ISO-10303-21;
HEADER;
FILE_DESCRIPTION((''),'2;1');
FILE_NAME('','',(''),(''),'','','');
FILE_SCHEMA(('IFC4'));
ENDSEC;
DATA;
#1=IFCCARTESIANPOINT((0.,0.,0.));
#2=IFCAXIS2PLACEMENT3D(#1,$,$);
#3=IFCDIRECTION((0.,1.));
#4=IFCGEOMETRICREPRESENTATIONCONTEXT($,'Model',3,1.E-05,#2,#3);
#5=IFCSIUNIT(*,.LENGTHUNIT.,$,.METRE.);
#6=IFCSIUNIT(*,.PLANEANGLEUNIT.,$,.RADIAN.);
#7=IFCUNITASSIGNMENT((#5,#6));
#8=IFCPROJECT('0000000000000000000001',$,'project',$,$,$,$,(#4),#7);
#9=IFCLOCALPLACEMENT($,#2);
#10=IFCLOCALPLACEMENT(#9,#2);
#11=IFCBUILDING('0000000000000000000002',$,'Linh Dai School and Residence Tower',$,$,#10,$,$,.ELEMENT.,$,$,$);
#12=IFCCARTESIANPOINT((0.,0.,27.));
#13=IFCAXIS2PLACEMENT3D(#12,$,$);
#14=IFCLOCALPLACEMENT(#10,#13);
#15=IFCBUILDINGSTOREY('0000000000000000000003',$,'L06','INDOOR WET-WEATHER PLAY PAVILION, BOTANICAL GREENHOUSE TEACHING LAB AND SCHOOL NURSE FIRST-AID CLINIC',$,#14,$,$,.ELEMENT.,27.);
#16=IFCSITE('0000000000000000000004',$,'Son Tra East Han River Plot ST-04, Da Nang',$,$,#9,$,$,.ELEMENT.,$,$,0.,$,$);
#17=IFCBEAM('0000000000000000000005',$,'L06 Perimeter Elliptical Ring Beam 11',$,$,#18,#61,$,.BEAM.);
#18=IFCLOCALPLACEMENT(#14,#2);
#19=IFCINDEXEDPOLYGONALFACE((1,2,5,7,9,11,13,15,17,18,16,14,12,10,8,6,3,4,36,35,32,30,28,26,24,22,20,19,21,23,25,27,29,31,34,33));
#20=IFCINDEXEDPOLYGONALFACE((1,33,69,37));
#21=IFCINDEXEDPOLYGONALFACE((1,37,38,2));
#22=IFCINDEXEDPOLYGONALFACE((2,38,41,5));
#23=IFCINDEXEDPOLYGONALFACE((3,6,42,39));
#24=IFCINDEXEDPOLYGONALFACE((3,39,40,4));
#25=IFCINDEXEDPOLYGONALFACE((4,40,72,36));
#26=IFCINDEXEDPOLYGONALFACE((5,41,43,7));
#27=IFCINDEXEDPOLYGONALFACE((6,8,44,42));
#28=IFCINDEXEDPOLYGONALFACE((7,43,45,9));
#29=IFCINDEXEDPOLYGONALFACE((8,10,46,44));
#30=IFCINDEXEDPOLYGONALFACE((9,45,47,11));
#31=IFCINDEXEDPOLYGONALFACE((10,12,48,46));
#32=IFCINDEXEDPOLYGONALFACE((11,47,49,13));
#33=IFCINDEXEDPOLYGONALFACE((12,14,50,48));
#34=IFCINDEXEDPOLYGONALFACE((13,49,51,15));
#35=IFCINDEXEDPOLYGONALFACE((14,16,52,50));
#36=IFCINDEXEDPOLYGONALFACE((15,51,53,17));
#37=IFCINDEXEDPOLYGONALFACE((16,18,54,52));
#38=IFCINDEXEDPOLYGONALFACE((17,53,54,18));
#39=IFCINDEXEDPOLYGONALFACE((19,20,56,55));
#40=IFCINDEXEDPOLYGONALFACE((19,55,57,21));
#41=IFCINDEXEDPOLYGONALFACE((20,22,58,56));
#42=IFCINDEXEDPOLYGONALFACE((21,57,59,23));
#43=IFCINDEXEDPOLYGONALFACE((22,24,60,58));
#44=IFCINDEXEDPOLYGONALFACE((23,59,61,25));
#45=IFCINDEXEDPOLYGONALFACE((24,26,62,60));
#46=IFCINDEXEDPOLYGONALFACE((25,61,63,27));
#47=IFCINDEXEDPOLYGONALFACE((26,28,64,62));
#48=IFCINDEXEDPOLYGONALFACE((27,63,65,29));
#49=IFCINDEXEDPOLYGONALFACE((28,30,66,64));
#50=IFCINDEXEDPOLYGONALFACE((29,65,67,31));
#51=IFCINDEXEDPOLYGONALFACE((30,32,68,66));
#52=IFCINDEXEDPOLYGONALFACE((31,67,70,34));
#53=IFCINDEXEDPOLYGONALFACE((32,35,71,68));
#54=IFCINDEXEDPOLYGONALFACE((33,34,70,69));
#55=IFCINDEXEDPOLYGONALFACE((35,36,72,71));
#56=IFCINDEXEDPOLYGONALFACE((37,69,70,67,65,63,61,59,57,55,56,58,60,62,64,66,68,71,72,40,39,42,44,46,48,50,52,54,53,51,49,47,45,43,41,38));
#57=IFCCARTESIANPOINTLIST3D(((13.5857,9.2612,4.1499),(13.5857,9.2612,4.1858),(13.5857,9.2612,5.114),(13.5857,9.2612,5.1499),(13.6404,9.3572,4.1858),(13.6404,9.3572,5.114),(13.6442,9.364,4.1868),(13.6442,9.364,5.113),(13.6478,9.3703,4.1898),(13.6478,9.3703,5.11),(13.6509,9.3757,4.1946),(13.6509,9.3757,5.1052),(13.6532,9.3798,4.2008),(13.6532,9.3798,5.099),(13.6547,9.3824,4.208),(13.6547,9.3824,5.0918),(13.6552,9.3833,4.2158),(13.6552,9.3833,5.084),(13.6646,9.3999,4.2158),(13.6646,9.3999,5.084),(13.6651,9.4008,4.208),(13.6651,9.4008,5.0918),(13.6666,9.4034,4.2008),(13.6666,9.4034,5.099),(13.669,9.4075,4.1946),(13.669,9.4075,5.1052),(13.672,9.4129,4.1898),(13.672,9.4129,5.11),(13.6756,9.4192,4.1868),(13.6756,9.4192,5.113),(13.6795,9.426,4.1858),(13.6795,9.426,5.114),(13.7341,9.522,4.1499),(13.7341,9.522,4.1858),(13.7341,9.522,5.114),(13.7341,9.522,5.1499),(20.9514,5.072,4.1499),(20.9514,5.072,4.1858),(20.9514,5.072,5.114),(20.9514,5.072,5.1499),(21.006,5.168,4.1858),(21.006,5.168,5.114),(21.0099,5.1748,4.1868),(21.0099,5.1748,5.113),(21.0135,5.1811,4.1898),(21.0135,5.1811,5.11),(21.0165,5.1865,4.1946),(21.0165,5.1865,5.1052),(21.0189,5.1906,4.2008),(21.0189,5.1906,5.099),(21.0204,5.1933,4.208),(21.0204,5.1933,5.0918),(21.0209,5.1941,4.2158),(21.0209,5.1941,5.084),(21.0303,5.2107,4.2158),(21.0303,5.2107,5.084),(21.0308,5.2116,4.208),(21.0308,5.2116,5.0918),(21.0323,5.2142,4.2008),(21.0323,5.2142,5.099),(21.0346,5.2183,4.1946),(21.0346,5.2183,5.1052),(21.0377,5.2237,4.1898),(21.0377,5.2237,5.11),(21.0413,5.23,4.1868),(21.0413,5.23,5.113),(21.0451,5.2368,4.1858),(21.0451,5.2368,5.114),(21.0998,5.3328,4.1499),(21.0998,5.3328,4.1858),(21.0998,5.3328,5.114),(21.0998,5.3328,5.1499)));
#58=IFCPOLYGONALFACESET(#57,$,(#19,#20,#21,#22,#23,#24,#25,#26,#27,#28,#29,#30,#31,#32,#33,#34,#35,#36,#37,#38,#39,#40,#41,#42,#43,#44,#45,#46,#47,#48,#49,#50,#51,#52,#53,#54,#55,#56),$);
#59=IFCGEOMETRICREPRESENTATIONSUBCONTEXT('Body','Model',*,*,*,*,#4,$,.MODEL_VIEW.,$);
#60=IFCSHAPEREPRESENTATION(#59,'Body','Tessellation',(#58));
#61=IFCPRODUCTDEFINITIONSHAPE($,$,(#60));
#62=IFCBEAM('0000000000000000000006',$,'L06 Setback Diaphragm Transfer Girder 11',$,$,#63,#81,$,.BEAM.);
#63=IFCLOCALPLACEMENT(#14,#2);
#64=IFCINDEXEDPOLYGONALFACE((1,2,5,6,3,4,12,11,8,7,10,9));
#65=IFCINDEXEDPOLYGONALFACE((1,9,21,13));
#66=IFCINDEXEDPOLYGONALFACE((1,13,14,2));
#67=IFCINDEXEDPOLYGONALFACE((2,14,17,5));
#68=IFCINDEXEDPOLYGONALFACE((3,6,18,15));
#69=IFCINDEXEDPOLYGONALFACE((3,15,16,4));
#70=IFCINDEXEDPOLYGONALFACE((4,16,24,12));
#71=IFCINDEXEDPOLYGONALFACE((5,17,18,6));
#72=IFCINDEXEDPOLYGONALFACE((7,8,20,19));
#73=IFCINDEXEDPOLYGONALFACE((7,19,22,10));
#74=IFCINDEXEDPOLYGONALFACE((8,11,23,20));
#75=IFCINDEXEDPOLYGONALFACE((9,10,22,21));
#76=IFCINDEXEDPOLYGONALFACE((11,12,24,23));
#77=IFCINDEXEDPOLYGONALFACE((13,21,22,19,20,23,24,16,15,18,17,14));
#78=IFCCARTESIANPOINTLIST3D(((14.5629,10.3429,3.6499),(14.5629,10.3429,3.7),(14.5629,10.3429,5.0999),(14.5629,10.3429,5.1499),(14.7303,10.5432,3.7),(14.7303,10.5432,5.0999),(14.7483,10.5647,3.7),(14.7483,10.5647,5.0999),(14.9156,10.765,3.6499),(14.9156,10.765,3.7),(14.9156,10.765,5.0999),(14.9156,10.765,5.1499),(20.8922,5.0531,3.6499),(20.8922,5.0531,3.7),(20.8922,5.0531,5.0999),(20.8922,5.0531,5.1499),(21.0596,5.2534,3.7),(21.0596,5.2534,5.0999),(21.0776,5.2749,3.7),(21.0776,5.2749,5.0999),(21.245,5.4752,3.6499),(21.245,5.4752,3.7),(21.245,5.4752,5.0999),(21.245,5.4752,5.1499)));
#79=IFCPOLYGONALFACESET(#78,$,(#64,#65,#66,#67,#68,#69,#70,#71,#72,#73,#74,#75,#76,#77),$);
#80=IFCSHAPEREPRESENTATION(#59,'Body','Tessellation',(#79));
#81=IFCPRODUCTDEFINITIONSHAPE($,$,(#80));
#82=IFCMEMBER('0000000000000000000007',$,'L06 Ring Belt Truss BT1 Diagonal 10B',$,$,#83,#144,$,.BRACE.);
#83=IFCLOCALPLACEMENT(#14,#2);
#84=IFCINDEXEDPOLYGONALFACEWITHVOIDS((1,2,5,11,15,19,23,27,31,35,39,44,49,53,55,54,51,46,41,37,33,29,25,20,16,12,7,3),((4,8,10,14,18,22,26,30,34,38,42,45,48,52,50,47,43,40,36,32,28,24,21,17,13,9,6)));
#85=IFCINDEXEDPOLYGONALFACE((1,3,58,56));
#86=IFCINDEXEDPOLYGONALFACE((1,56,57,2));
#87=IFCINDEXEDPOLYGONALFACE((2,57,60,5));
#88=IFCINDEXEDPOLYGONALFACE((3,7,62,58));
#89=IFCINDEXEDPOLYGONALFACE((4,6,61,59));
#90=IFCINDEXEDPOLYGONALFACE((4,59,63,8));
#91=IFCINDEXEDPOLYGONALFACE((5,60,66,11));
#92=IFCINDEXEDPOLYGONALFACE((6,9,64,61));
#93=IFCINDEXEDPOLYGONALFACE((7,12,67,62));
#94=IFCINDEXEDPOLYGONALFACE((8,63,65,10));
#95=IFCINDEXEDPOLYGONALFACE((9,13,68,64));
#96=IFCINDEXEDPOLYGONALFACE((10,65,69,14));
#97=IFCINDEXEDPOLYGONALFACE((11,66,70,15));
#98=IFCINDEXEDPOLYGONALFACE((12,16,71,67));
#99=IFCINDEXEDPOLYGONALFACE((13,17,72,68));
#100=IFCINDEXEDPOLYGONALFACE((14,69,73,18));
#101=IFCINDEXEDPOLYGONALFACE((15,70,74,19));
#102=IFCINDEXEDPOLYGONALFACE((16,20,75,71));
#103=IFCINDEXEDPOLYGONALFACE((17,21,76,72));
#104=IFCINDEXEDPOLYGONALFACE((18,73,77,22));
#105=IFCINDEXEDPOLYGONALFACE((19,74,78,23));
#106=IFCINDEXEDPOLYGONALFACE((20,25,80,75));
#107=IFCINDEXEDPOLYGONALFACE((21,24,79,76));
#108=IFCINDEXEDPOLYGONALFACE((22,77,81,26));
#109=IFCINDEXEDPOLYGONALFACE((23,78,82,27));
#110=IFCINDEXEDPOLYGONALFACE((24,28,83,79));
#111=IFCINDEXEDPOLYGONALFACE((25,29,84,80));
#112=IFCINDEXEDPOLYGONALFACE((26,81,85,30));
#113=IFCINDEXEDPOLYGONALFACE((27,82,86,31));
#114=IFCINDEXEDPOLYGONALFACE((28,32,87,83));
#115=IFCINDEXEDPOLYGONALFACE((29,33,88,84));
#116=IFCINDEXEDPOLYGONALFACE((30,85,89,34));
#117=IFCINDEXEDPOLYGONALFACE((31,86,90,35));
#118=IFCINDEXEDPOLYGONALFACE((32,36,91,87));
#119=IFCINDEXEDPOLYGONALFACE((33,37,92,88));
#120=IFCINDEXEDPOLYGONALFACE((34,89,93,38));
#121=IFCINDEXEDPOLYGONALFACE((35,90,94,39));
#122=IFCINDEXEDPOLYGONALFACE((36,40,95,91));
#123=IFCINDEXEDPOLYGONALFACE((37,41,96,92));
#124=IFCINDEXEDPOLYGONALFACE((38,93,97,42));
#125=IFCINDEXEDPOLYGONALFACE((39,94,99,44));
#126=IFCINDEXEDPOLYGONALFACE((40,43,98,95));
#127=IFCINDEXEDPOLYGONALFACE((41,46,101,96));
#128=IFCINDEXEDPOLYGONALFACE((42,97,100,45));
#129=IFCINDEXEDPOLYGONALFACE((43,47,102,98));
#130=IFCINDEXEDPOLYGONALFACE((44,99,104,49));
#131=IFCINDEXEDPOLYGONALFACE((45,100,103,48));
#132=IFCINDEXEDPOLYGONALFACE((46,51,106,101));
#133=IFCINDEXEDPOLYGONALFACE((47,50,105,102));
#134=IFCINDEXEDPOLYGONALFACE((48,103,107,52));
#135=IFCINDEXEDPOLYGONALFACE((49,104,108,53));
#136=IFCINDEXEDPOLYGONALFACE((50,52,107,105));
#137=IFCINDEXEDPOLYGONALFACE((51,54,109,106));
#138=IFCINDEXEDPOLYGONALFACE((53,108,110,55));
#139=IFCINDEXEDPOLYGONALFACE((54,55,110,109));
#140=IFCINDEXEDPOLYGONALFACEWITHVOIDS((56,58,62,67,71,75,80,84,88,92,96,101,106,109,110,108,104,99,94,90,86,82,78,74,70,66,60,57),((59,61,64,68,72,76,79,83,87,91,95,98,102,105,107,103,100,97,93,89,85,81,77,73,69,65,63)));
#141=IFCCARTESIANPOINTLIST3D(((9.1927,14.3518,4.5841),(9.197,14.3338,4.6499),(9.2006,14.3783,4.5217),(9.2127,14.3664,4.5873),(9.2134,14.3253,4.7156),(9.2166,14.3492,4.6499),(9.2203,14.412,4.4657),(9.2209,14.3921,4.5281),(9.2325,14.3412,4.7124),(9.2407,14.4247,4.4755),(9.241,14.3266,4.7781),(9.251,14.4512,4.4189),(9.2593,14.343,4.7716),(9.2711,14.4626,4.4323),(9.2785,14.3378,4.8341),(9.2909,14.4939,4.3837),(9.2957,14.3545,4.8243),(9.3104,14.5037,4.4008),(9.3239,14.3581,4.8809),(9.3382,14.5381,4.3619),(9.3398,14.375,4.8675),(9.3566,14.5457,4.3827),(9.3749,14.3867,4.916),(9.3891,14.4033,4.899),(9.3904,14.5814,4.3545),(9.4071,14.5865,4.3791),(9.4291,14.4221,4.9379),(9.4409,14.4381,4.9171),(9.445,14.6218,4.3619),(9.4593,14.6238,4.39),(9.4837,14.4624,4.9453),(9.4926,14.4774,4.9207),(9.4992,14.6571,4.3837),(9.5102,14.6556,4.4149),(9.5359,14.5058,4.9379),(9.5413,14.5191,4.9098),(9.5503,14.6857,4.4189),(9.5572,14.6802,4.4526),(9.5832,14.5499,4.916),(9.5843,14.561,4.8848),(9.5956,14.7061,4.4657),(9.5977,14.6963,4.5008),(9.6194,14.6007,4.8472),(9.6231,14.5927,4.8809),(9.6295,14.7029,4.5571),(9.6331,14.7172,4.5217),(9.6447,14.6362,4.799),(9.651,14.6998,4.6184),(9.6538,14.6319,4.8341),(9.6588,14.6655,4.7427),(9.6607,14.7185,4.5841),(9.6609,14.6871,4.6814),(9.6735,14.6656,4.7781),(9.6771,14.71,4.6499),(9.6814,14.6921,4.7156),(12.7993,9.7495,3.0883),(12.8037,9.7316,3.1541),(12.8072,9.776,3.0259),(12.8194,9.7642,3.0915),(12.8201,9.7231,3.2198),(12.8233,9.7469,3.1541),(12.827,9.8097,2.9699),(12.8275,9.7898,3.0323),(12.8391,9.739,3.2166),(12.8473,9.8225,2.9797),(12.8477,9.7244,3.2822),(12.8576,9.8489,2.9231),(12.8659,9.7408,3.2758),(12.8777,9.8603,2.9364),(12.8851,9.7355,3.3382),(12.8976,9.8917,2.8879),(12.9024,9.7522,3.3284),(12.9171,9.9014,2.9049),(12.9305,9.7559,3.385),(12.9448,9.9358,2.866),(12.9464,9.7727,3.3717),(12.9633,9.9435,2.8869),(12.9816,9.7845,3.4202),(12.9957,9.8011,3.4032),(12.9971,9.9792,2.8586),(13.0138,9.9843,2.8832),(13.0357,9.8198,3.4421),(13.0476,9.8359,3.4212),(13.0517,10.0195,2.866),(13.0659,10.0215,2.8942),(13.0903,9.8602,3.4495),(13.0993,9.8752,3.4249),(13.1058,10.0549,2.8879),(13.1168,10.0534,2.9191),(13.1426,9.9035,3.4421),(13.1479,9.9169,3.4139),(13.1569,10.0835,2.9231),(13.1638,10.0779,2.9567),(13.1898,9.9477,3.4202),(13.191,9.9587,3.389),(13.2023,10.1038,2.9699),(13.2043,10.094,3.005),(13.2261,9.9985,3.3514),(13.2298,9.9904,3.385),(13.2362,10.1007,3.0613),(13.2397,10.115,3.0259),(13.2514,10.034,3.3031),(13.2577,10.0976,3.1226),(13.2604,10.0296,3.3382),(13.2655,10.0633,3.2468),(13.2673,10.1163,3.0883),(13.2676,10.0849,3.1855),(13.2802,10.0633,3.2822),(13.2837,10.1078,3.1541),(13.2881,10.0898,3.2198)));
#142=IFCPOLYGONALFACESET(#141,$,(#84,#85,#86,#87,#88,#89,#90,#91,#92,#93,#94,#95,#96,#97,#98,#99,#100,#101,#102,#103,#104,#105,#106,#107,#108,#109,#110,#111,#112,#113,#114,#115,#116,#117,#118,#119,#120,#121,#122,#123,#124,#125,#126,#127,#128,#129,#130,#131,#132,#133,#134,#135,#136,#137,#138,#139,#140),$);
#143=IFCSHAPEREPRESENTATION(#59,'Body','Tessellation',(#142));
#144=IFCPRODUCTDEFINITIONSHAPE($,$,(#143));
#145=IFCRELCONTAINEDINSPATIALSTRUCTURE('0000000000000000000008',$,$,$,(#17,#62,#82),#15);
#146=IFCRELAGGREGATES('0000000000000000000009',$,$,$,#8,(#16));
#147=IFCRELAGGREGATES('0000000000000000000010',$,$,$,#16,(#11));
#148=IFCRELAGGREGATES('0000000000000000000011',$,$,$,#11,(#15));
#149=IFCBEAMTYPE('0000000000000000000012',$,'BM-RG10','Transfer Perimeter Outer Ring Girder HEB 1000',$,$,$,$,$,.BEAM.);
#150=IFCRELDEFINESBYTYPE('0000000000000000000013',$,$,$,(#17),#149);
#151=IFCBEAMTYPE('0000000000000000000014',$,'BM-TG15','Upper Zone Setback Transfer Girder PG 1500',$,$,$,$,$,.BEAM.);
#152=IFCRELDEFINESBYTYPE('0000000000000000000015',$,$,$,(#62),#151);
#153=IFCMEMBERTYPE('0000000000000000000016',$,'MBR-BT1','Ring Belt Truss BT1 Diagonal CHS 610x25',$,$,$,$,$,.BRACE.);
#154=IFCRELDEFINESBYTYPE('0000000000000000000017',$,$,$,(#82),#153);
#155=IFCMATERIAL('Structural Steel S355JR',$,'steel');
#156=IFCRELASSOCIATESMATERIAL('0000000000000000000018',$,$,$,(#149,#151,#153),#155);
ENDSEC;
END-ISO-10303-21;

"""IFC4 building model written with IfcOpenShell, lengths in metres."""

from ifc_helpers import new_model, si_unit, direction, frame, origin, origin_2d, place, context, subcontext, project, spatial, hollow_circle, i_section, extrude, material, material_profile, profile_set, type_object, element, save


model = new_model("IFC4")

# Units and contexts
model_context = context("Model", 3, precision=1e-05, world=origin(), true_north=direction((0.0, 1.0)))
body_context = subcontext(model_context, "Body", "Model", "MODEL_VIEW")
ifc_project = project(units=[si_unit("LENGTHUNIT", "METRE"), si_unit("PLANEANGLEUNIT", "RADIAN")], contexts=[model_context])

# Site, building, storey
site_placement = place(None, origin())
site = spatial("IfcSite", under=ifc_project, at=site_placement, Name="Son Tra East Han River Plot ST-04, Da Nang", CompositionType="ELEMENT", RefElevation=0.0)
building_placement = place(site_placement, origin())
building = spatial("IfcBuilding", under=site, at=building_placement, Name="Linh Dai School and Residence Tower", CompositionType="ELEMENT")
storey_placement = place(building_placement, frame((0.0, 0.0, 27.0)))
storey = spatial("IfcBuildingStorey", under=building, at=storey_placement, Name="L06", Description="INDOOR WET-WEATHER PLAY PAVILION, BOTANICAL GREENHOUSE TEACHING LAB AND SCHOOL NURSE FIRST-AID CLINIC", CompositionType="ELEMENT", Elevation=27.0)

# Shared definitions
ifc_material_1 = material(Name="Structural Steel S355JR", Category="steel")

# Beams
ifc_material_profile_1 = material_profile(ifc_material_1, i_section(OverallWidth=0.3, OverallDepth=1.0, WebThickness=0.019, FlangeThickness=0.0359, FilletRadius=0.03, at=origin_2d()), Name="HEB 1000")
ifc_profile_set_1 = profile_set([ifc_material_profile_1], Name="Structural Steel S355JR")
beam_type_1 = type_object("IfcBeamType", Name="BM-RG10", Description="Transfer Perimeter Outer Ring Girder HEB 1000", PredefinedType="BEAM", material=ifc_profile_set_1)
beam_1_placement = place(storey_placement, frame((13.6599, 9.3916, 4.6499), z_axis=(0.869247, -0.494379, 0.0), x_axis=(0.494379, 0.869247, 0.0)))
element("IfcBeam", 1, at=beam_1_placement, inside=storey, type_object=beam_type_1, Name="L06 Perimeter Elliptical Ring Beam 11", PredefinedType="BEAM", context=body_context, shape_type="SweptSolid", body=[
    extrude(i_section(OverallWidth=0.3, OverallDepth=1.0, WebThickness=0.019, FlangeThickness=0.0359, FilletRadius=0.03, at=origin_2d()), origin(), (0.0, 0.0, 1.0), 8.4736),
])
ifc_material_profile_2 = material_profile(ifc_material_1, i_section(OverallWidth=0.55, OverallDepth=1.5, WebThickness=0.0281, FlangeThickness=0.05, at=origin_2d()), Name="PG 1500x550x28x50")
ifc_profile_set_2 = profile_set([ifc_material_profile_2], Name="Structural Steel S355JR")
beam_type_2 = type_object("IfcBeamType", Name="BM-TG15", Description="Upper Zone Setback Transfer Girder PG 1500", PredefinedType="BEAM", material=ifc_profile_set_2)
beam_2_placement = place(storey_placement, frame((14.7393, 10.554, 4.3999), z_axis=(0.767306, -0.641281, 0.0), x_axis=(0.641281, 0.767306, 0.0)))
element("IfcBeam", 2, at=beam_2_placement, inside=storey, type_object=beam_type_2, Name="L06 Setback Diaphragm Transfer Girder 11", PredefinedType="BEAM", context=body_context, shape_type="SweptSolid", body=[
    extrude(i_section(OverallWidth=0.55, OverallDepth=1.5, WebThickness=0.0281, FlangeThickness=0.05, at=origin_2d()), origin(), (0.0, 0.0, 1.0), 8.2488),
])

# Member
ifc_material_profile_3 = material_profile(ifc_material_1, hollow_circle(Radius=0.3049, WallThickness=0.0249, at=origin_2d()), Name="CHS 610x25")
ifc_profile_set_3 = profile_set([ifc_material_profile_3], Name="Structural Steel S355JR")
member_type_1 = type_object("IfcMemberType", Name="MBR-BT1", Description="Ring Belt Truss BT1 Diagonal CHS 610x25", PredefinedType="BRACE", material=ifc_profile_set_3)
member_1_placement = place(storey_placement, frame((13.0437, 9.9197, 3.1541), z_axis=(-0.597582, 0.762541, 0.247843), x_axis=(-0.787099, -0.616827, 0.0)))
element("IfcMember", 3, at=member_1_placement, inside=storey, type_object=member_type_1, Name="L06 Ring Belt Truss BT1 Diagonal 10B", PredefinedType="BRACE", context=body_context, shape_type="SweptSolid", body=[
    extrude(hollow_circle(Radius=0.3049, WallThickness=0.0249, at=origin_2d()), origin(), (0.0, 0.0, 1.0), 6.0354),
])

save(model, "model.ifc")
